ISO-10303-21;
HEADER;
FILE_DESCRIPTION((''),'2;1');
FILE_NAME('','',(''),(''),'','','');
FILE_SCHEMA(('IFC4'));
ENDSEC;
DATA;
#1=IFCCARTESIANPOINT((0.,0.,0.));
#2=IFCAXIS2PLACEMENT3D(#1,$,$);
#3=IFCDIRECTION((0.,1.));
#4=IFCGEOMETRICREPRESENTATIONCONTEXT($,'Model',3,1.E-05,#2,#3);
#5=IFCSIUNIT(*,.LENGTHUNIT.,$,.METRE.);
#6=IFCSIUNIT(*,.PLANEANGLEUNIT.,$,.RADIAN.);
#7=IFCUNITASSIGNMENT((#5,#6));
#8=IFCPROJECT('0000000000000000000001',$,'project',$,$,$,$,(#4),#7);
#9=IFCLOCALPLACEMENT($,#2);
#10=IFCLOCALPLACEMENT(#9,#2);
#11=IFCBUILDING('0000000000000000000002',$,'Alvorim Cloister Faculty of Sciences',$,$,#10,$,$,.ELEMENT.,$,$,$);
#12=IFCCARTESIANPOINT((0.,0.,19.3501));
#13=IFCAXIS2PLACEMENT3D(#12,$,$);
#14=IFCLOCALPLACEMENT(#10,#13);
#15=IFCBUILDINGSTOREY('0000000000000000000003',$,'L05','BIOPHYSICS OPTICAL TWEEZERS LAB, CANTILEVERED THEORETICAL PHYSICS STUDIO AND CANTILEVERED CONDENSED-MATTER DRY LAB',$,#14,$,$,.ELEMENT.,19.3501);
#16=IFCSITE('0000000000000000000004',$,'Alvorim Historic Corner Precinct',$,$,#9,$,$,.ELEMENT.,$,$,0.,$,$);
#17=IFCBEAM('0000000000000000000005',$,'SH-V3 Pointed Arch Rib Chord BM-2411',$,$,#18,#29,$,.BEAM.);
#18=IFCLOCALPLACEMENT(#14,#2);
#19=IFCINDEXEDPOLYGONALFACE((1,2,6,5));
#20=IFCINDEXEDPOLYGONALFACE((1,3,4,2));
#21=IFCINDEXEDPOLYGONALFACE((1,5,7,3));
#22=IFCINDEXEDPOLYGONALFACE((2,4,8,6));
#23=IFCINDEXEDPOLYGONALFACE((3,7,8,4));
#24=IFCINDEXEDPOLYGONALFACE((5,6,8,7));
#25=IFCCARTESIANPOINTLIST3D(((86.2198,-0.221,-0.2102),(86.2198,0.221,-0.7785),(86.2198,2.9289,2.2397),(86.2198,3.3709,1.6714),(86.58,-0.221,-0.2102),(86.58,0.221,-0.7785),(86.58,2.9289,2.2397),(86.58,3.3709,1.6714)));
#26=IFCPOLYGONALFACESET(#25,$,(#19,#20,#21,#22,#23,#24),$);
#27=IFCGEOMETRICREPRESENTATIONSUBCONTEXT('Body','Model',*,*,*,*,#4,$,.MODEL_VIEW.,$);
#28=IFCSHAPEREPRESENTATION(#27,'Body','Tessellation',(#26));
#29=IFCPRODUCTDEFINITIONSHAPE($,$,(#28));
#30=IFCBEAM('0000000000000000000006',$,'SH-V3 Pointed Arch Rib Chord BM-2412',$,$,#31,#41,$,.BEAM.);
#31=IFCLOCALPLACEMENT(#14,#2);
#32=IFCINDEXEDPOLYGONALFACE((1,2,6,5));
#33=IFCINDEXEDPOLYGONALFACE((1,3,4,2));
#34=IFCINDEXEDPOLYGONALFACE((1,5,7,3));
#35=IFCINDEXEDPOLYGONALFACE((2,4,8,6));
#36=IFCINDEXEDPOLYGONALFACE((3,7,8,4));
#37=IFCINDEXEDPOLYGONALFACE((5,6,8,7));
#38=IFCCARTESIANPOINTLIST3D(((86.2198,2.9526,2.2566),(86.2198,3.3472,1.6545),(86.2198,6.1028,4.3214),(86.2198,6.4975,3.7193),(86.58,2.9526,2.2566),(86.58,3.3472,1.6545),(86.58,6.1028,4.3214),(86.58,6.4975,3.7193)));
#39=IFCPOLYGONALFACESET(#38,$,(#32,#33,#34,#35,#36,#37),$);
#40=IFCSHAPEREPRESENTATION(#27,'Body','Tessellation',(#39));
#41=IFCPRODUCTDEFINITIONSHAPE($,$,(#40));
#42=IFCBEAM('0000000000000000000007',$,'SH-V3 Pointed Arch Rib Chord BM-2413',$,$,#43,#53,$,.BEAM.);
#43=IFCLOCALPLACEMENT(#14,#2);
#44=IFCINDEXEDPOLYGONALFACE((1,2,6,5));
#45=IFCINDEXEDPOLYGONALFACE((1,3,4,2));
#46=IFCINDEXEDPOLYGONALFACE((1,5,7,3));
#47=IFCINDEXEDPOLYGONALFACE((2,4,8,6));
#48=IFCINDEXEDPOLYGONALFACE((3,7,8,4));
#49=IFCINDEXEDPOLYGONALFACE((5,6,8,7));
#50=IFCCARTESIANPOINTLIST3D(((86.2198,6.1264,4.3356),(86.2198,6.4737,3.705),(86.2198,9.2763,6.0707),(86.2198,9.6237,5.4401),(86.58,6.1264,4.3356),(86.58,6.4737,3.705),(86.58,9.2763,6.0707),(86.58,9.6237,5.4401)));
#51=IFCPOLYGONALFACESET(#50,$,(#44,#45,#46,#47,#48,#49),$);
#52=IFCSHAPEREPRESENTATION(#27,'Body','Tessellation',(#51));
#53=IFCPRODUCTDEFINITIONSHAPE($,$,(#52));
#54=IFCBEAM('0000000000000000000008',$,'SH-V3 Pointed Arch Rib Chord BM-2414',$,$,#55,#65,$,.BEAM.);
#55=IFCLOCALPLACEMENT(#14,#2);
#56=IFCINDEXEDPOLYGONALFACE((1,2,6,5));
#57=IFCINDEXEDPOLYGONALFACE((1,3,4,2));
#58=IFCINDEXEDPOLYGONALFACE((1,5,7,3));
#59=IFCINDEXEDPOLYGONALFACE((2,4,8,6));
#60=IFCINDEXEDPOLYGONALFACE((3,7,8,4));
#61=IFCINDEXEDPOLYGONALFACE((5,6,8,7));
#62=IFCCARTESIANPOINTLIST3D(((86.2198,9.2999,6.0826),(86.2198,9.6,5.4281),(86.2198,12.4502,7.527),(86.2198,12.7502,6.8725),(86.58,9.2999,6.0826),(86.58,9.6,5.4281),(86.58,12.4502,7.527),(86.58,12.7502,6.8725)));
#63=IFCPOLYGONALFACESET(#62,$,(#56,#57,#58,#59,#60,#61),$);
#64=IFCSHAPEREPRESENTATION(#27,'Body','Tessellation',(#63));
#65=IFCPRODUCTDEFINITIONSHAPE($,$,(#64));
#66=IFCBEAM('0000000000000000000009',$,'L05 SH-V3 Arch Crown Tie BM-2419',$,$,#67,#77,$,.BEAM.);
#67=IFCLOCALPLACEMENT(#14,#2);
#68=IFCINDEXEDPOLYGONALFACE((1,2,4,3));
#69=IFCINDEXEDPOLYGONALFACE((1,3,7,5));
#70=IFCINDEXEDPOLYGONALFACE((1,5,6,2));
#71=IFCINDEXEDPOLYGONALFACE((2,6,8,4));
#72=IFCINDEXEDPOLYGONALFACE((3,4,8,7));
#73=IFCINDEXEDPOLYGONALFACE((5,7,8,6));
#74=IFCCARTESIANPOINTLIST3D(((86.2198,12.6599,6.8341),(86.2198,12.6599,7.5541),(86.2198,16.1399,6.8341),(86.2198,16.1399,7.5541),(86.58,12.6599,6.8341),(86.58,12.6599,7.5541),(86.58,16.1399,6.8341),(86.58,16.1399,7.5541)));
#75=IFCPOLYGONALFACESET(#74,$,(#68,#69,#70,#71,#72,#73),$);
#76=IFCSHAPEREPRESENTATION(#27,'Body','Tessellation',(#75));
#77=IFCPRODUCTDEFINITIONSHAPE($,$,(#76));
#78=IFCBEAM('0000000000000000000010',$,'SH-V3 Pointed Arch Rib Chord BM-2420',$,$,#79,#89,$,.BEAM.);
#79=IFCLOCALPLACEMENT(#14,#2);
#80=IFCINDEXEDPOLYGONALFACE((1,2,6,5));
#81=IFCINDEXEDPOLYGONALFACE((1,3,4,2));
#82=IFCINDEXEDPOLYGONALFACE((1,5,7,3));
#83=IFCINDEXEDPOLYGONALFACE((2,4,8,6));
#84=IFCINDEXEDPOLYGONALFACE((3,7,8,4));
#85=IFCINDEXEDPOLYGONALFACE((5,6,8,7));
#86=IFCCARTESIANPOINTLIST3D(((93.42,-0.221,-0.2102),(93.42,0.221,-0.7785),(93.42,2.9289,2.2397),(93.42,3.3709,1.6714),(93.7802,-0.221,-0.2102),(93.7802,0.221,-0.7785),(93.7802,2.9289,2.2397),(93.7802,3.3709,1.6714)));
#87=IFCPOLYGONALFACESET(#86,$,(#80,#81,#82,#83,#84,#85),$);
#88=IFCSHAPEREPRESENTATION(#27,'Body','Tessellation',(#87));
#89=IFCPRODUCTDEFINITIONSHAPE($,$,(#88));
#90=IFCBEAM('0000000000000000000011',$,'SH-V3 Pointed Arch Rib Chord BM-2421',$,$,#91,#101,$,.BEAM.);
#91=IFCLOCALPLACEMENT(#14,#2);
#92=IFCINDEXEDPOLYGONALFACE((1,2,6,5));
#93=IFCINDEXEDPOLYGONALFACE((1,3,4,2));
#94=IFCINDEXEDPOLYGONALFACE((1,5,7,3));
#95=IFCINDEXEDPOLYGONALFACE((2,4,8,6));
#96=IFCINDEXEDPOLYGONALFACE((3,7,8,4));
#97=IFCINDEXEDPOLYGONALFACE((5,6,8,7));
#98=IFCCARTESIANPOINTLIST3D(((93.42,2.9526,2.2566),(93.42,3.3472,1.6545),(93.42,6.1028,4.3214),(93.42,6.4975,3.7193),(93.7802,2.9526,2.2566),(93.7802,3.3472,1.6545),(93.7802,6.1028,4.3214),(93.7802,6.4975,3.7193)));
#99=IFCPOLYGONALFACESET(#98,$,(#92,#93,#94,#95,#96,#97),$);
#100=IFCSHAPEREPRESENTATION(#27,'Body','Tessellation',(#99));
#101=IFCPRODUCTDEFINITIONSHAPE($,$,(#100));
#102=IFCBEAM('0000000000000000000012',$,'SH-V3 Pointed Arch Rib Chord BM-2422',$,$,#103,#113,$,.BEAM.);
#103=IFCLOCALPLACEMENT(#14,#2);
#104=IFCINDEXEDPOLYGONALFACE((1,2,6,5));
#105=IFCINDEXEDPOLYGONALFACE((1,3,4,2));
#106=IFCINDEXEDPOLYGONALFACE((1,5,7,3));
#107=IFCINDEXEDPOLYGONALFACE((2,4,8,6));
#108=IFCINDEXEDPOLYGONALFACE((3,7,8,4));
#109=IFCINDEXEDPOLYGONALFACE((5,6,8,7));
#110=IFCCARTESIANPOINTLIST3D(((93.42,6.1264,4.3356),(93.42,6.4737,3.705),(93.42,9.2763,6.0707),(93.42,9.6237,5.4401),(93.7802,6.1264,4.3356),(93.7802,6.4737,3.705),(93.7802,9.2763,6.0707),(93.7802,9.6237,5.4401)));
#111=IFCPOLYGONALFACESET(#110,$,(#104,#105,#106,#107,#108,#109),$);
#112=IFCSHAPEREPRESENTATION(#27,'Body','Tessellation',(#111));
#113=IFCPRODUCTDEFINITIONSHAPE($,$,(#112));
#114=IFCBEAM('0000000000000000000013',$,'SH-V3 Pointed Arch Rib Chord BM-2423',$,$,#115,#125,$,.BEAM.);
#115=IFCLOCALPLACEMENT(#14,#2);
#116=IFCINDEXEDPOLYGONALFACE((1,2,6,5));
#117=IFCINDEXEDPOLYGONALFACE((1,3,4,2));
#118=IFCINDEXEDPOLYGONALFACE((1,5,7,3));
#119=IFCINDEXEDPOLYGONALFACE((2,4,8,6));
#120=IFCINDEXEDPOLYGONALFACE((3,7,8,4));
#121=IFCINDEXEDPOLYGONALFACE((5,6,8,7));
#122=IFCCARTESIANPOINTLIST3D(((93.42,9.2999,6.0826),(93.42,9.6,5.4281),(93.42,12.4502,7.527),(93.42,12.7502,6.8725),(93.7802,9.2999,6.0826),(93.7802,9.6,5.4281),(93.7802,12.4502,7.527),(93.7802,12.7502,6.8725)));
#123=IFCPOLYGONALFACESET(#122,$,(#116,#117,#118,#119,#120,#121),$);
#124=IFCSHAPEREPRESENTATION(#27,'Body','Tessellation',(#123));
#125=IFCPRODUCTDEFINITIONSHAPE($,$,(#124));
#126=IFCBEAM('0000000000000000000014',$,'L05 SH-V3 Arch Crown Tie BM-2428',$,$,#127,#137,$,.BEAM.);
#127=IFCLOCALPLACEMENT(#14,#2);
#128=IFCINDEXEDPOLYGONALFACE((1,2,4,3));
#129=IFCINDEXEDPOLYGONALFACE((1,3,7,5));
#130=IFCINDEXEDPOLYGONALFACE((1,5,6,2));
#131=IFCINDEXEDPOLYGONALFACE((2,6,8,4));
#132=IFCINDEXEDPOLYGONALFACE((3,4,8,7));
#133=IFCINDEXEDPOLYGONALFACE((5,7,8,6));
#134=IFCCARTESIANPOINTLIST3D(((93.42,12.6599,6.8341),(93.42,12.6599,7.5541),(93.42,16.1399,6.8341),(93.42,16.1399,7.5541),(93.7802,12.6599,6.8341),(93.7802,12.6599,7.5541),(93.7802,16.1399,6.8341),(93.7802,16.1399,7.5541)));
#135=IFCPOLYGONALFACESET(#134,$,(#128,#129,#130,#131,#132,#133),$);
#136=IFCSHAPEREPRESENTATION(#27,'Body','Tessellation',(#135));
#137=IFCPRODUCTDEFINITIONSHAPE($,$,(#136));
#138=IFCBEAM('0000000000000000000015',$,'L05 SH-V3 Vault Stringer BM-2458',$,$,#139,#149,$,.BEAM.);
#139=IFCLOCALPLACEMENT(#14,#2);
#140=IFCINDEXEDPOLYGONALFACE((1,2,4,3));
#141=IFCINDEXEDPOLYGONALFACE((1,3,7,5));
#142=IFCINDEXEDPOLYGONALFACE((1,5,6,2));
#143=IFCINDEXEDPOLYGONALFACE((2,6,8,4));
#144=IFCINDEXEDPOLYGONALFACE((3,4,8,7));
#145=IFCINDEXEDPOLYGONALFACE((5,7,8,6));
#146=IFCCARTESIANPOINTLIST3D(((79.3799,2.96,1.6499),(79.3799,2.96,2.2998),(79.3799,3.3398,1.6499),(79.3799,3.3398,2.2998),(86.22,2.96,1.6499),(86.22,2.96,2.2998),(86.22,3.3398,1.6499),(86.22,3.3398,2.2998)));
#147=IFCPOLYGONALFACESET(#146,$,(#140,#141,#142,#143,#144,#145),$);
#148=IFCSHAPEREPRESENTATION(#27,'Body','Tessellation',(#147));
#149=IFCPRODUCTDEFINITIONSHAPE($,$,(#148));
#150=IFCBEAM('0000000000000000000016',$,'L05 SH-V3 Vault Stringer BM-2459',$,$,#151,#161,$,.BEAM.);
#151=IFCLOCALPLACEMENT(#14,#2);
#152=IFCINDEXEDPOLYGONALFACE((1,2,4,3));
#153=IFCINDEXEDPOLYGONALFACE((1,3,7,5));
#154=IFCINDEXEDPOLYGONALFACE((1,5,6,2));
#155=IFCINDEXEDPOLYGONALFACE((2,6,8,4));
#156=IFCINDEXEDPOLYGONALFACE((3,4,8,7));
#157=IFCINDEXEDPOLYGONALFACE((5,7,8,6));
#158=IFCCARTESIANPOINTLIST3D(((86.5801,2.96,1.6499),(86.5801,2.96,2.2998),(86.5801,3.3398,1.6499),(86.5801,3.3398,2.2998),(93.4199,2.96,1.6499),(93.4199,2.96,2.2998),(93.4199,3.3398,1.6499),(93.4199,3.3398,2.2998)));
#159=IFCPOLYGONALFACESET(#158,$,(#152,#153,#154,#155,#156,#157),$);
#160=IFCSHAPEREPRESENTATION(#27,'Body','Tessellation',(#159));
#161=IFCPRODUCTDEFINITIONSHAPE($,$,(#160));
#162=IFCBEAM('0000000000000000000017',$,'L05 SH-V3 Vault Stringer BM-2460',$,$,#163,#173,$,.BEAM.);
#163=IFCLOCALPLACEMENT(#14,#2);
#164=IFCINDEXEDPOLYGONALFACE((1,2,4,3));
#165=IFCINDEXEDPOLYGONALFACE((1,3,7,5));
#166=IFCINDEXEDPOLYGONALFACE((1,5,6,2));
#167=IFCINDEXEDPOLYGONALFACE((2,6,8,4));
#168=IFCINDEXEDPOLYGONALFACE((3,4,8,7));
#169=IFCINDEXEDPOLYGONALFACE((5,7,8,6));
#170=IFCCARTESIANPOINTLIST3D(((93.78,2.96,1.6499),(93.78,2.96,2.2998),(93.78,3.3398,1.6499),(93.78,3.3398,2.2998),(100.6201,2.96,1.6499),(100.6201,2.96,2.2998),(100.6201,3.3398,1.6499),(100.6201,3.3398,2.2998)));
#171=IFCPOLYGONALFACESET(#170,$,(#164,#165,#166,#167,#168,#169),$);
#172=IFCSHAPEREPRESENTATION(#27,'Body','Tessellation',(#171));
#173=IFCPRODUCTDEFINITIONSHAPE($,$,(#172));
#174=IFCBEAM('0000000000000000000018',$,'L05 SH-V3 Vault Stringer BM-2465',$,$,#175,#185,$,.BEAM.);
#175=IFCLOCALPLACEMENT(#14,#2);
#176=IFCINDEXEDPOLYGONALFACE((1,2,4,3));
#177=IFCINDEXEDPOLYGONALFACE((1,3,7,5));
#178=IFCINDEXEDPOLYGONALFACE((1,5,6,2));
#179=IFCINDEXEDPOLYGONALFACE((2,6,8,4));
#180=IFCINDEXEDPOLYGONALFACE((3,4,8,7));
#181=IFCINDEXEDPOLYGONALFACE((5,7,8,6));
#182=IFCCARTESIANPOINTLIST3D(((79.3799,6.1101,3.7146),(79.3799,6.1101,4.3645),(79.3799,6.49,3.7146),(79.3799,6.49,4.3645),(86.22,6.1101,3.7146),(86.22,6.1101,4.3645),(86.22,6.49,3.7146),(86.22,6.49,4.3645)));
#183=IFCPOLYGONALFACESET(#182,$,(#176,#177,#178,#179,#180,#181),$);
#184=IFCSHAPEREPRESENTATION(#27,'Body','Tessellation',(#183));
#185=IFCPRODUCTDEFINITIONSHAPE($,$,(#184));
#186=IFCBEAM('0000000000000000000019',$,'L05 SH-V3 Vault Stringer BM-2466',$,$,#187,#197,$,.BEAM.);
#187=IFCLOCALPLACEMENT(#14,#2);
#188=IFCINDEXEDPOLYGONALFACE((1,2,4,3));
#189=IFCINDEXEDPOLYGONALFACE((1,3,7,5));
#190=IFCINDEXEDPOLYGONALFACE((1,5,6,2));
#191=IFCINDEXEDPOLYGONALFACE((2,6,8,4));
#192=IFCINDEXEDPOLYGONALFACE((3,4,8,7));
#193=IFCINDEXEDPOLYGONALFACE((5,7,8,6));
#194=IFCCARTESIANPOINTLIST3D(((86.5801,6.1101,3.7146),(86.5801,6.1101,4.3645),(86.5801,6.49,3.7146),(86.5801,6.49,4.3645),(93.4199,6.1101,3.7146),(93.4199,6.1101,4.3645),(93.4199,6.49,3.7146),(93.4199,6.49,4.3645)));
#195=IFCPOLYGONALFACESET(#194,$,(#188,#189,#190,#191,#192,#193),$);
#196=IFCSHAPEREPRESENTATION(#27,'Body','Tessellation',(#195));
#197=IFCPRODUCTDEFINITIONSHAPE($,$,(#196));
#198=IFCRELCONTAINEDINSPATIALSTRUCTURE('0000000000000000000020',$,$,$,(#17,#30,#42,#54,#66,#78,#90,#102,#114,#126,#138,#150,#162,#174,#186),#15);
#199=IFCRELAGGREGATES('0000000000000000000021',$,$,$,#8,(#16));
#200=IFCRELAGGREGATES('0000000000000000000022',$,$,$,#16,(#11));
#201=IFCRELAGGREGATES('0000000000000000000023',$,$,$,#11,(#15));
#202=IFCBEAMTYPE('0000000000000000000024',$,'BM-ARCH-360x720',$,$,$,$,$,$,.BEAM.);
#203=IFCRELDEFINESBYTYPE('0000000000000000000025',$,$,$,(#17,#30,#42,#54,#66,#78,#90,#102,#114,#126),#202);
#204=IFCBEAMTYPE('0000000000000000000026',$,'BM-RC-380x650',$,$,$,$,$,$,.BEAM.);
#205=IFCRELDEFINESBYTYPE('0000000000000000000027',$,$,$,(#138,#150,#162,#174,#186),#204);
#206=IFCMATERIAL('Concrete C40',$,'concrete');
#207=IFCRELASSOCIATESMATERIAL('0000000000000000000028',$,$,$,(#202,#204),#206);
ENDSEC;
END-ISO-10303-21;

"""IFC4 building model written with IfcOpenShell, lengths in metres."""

from ifc_helpers import new_model, si_unit, direction, frame, origin, origin_2d, place, context, subcontext, project, spatial, rectangle, extrude, material, material_profile, profile_set, type_object, element, save


model = new_model("IFC4")

# Units and contexts
model_context = context("Model", 3, precision=1e-05, world=origin(), true_north=direction((0.0, 1.0)))
body_context = subcontext(model_context, "Body", "Model", "MODEL_VIEW")
ifc_project = project(units=[si_unit("LENGTHUNIT", "METRE"), si_unit("PLANEANGLEUNIT", "RADIAN")], contexts=[model_context])

# Site, building, storey
site_placement = place(None, origin())
site = spatial("IfcSite", under=ifc_project, at=site_placement, Name="Alvorim Historic Corner Precinct", CompositionType="ELEMENT", RefElevation=0.0)
building_placement = place(site_placement, origin())
building = spatial("IfcBuilding", under=site, at=building_placement, Name="Alvorim Cloister Faculty of Sciences", CompositionType="ELEMENT")
storey_placement = place(building_placement, frame((0.0, 0.0, 19.3501)))
storey = spatial("IfcBuildingStorey", under=building, at=storey_placement, Name="L05", Description="BIOPHYSICS OPTICAL TWEEZERS LAB, CANTILEVERED THEORETICAL PHYSICS STUDIO AND CANTILEVERED CONDENSED-MATTER DRY LAB", CompositionType="ELEMENT", Elevation=19.3501)

# Beams
ifc_material = material(Name="Concrete C40", Category="concrete")
ifc_material_profile_1 = material_profile(ifc_material, rectangle(XDim=0.3601, YDim=0.72, at=origin_2d()), Name="RC40-ARCH-360x720")
ifc_profile_set_1 = profile_set([ifc_material_profile_1], Name="Concrete C40")
beam_type_1 = type_object("IfcBeamType", Name="BM-ARCH-360x720", PredefinedType="BEAM", material=ifc_profile_set_1)
beam_1_placement = place(storey_placement, frame((86.3999, 0.0, -0.4944), z_axis=(0.0, 0.789349, 0.613945), x_axis=(-1.0, 0.0, 0.0)))
element("IfcBeam", 1, at=beam_1_placement, inside=storey, type_object=beam_type_1, Name="SH-V3 Pointed Arch Rib Chord BM-2411", PredefinedType="BEAM", context=body_context, shape_type="SweptSolid", body=[
    extrude(rectangle(XDim=0.3601, YDim=0.72, at=origin_2d()), origin(), (0.0, 0.0, 1.0), 3.9905),
])
beam_2_placement = place(storey_placement, frame((86.3999, 3.1499, 1.9556), z_axis=(0.0, 0.836363, 0.548176), x_axis=(-1.0, 0.0, 0.0)))
element("IfcBeam", 2, at=beam_2_placement, inside=storey, type_object=beam_type_1, Name="SH-V3 Pointed Arch Rib Chord BM-2412", PredefinedType="BEAM", context=body_context, shape_type="SweptSolid", body=[
    extrude(rectangle(XDim=0.3601, YDim=0.72, at=origin_2d()), origin(), (0.0, 0.0, 1.0), 3.7666),
])
beam_3_placement = place(storey_placement, frame((86.3999, 6.3, 4.0203), z_axis=(0.0, 0.875903, 0.482487), x_axis=(-1.0, 0.0, 0.0)))
element("IfcBeam", 3, at=beam_3_placement, inside=storey, type_object=beam_type_1, Name="SH-V3 Pointed Arch Rib Chord BM-2413", PredefinedType="BEAM", context=body_context, shape_type="SweptSolid", body=[
    extrude(rectangle(XDim=0.3601, YDim=0.72, at=origin_2d()), origin(), (0.0, 0.0, 1.0), 3.5962),
])
beam_4_placement = place(storey_placement, frame((86.3999, 9.45, 5.7554), z_axis=(0.0, 0.909008, 0.416778), x_axis=(-1.0, 0.0, 0.0)))
element("IfcBeam", 4, at=beam_4_placement, inside=storey, type_object=beam_type_1, Name="SH-V3 Pointed Arch Rib Chord BM-2414", PredefinedType="BEAM", context=body_context, shape_type="SweptSolid", body=[
    extrude(rectangle(XDim=0.3601, YDim=0.72, at=origin_2d()), origin(), (0.0, 0.0, 1.0), 3.4656),
])
beam_5_placement = place(storey_placement, frame((86.3999, 12.6599, 7.1941), z_axis=(0.0, 1.0, 0.0), x_axis=(-1.0, 0.0, 0.0)))
element("IfcBeam", 5, at=beam_5_placement, inside=storey, type_object=beam_type_1, Name="L05 SH-V3 Arch Crown Tie BM-2419", PredefinedType="BEAM", context=body_context, shape_type="SweptSolid", body=[
    extrude(rectangle(XDim=0.3601, YDim=0.72, at=origin_2d()), origin(), (0.0, 0.0, 1.0), 3.48),
])
beam_6_placement = place(storey_placement, frame((93.6001, 0.0, -0.4944), z_axis=(0.0, 0.789349, 0.613945), x_axis=(-1.0, 0.0, 0.0)))
element("IfcBeam", 6, at=beam_6_placement, inside=storey, type_object=beam_type_1, Name="SH-V3 Pointed Arch Rib Chord BM-2420", PredefinedType="BEAM", context=body_context, shape_type="SweptSolid", body=[
    extrude(rectangle(XDim=0.3601, YDim=0.72, at=origin_2d()), origin(), (0.0, 0.0, 1.0), 3.9905),
])
beam_7_placement = place(storey_placement, frame((93.6001, 3.1499, 1.9556), z_axis=(0.0, 0.836363, 0.548176), x_axis=(-1.0, 0.0, 0.0)))
element("IfcBeam", 7, at=beam_7_placement, inside=storey, type_object=beam_type_1, Name="SH-V3 Pointed Arch Rib Chord BM-2421", PredefinedType="BEAM", context=body_context, shape_type="SweptSolid", body=[
    extrude(rectangle(XDim=0.3601, YDim=0.72, at=origin_2d()), origin(), (0.0, 0.0, 1.0), 3.7666),
])
beam_8_placement = place(storey_placement, frame((93.6001, 6.3, 4.0203), z_axis=(0.0, 0.875903, 0.482487), x_axis=(-1.0, 0.0, 0.0)))
element("IfcBeam", 8, at=beam_8_placement, inside=storey, type_object=beam_type_1, Name="SH-V3 Pointed Arch Rib Chord BM-2422", PredefinedType="BEAM", context=body_context, shape_type="SweptSolid", body=[
    extrude(rectangle(XDim=0.3601, YDim=0.72, at=origin_2d()), origin(), (0.0, 0.0, 1.0), 3.5962),
])
beam_9_placement = place(storey_placement, frame((93.6001, 9.45, 5.7554), z_axis=(0.0, 0.909008, 0.416778), x_axis=(-1.0, 0.0, 0.0)))
element("IfcBeam", 9, at=beam_9_placement, inside=storey, type_object=beam_type_1, Name="SH-V3 Pointed Arch Rib Chord BM-2423", PredefinedType="BEAM", context=body_context, shape_type="SweptSolid", body=[
    extrude(rectangle(XDim=0.3601, YDim=0.72, at=origin_2d()), origin(), (0.0, 0.0, 1.0), 3.4656),
])
beam_10_placement = place(storey_placement, frame((93.6001, 12.6599, 7.1941), z_axis=(0.0, 1.0, 0.0), x_axis=(-1.0, 0.0, 0.0)))
element("IfcBeam", 10, at=beam_10_placement, inside=storey, type_object=beam_type_1, Name="L05 SH-V3 Arch Crown Tie BM-2428", PredefinedType="BEAM", context=body_context, shape_type="SweptSolid", body=[
    extrude(rectangle(XDim=0.3601, YDim=0.72, at=origin_2d()), origin(), (0.0, 0.0, 1.0), 3.48),
])
ifc_material_profile_2 = material_profile(ifc_material, rectangle(XDim=0.3799, YDim=0.6499, at=origin_2d()), Name="RC40-BM-380x650")
ifc_profile_set_2 = profile_set([ifc_material_profile_2], Name="Concrete C40")
beam_type_2 = type_object("IfcBeamType", Name="BM-RC-380x650", PredefinedType="BEAM", material=ifc_profile_set_2)
beam_11_placement = place(storey_placement, frame((79.3799, 3.1499, 1.9749), z_axis=(1.0, 0.0, 0.0), x_axis=(0.0, 1.0, 0.0)))
element("IfcBeam", 11, at=beam_11_placement, inside=storey, type_object=beam_type_2, Name="L05 SH-V3 Vault Stringer BM-2458", PredefinedType="BEAM", context=body_context, shape_type="SweptSolid", body=[
    extrude(rectangle(XDim=0.3799, YDim=0.6499, at=origin_2d()), origin(), (0.0, 0.0, 1.0), 6.8401),
])
beam_12_placement = place(storey_placement, frame((86.5801, 3.1499, 1.9749), z_axis=(1.0, 0.0, 0.0), x_axis=(0.0, 1.0, 0.0)))
element("IfcBeam", 12, at=beam_12_placement, inside=storey, type_object=beam_type_2, Name="L05 SH-V3 Vault Stringer BM-2459", PredefinedType="BEAM", context=body_context, shape_type="SweptSolid", body=[
    extrude(rectangle(XDim=0.3799, YDim=0.6499, at=origin_2d()), origin(), (0.0, 0.0, 1.0), 6.8398),
])
for number, where, z_axis, x_axis, name in (
    (13, (93.78, 3.1499, 1.9749), (1.0, 0.0, 0.0), (0.0, 1.0, 0.0), "L05 SH-V3 Vault Stringer BM-2460"),
    (14, (79.3799, 6.3, 4.0396), (1.0, 0.0, 0.0), (0.0, 1.0, 0.0), "L05 SH-V3 Vault Stringer BM-2465"),
):
    element("IfcBeam", number, at=place(storey_placement, frame(where, z_axis=z_axis, x_axis=x_axis)), inside=storey, type_object=beam_type_2, Name=name, PredefinedType="BEAM", context=body_context, shape_type="SweptSolid", body=[
        extrude(rectangle(XDim=0.3799, YDim=0.6499, at=origin_2d()), origin(), (0.0, 0.0, 1.0), 6.8401),
    ])
beam_13_placement = place(storey_placement, frame((86.5801, 6.3, 4.0396), z_axis=(1.0, 0.0, 0.0), x_axis=(0.0, 1.0, 0.0)))
element("IfcBeam", 15, at=beam_13_placement, inside=storey, type_object=beam_type_2, Name="L05 SH-V3 Vault Stringer BM-2466", PredefinedType="BEAM", context=body_context, shape_type="SweptSolid", body=[
    extrude(rectangle(XDim=0.3799, YDim=0.6499, at=origin_2d()), origin(), (0.0, 0.0, 1.0), 6.8398),
])

save(model, "model.ifc")
